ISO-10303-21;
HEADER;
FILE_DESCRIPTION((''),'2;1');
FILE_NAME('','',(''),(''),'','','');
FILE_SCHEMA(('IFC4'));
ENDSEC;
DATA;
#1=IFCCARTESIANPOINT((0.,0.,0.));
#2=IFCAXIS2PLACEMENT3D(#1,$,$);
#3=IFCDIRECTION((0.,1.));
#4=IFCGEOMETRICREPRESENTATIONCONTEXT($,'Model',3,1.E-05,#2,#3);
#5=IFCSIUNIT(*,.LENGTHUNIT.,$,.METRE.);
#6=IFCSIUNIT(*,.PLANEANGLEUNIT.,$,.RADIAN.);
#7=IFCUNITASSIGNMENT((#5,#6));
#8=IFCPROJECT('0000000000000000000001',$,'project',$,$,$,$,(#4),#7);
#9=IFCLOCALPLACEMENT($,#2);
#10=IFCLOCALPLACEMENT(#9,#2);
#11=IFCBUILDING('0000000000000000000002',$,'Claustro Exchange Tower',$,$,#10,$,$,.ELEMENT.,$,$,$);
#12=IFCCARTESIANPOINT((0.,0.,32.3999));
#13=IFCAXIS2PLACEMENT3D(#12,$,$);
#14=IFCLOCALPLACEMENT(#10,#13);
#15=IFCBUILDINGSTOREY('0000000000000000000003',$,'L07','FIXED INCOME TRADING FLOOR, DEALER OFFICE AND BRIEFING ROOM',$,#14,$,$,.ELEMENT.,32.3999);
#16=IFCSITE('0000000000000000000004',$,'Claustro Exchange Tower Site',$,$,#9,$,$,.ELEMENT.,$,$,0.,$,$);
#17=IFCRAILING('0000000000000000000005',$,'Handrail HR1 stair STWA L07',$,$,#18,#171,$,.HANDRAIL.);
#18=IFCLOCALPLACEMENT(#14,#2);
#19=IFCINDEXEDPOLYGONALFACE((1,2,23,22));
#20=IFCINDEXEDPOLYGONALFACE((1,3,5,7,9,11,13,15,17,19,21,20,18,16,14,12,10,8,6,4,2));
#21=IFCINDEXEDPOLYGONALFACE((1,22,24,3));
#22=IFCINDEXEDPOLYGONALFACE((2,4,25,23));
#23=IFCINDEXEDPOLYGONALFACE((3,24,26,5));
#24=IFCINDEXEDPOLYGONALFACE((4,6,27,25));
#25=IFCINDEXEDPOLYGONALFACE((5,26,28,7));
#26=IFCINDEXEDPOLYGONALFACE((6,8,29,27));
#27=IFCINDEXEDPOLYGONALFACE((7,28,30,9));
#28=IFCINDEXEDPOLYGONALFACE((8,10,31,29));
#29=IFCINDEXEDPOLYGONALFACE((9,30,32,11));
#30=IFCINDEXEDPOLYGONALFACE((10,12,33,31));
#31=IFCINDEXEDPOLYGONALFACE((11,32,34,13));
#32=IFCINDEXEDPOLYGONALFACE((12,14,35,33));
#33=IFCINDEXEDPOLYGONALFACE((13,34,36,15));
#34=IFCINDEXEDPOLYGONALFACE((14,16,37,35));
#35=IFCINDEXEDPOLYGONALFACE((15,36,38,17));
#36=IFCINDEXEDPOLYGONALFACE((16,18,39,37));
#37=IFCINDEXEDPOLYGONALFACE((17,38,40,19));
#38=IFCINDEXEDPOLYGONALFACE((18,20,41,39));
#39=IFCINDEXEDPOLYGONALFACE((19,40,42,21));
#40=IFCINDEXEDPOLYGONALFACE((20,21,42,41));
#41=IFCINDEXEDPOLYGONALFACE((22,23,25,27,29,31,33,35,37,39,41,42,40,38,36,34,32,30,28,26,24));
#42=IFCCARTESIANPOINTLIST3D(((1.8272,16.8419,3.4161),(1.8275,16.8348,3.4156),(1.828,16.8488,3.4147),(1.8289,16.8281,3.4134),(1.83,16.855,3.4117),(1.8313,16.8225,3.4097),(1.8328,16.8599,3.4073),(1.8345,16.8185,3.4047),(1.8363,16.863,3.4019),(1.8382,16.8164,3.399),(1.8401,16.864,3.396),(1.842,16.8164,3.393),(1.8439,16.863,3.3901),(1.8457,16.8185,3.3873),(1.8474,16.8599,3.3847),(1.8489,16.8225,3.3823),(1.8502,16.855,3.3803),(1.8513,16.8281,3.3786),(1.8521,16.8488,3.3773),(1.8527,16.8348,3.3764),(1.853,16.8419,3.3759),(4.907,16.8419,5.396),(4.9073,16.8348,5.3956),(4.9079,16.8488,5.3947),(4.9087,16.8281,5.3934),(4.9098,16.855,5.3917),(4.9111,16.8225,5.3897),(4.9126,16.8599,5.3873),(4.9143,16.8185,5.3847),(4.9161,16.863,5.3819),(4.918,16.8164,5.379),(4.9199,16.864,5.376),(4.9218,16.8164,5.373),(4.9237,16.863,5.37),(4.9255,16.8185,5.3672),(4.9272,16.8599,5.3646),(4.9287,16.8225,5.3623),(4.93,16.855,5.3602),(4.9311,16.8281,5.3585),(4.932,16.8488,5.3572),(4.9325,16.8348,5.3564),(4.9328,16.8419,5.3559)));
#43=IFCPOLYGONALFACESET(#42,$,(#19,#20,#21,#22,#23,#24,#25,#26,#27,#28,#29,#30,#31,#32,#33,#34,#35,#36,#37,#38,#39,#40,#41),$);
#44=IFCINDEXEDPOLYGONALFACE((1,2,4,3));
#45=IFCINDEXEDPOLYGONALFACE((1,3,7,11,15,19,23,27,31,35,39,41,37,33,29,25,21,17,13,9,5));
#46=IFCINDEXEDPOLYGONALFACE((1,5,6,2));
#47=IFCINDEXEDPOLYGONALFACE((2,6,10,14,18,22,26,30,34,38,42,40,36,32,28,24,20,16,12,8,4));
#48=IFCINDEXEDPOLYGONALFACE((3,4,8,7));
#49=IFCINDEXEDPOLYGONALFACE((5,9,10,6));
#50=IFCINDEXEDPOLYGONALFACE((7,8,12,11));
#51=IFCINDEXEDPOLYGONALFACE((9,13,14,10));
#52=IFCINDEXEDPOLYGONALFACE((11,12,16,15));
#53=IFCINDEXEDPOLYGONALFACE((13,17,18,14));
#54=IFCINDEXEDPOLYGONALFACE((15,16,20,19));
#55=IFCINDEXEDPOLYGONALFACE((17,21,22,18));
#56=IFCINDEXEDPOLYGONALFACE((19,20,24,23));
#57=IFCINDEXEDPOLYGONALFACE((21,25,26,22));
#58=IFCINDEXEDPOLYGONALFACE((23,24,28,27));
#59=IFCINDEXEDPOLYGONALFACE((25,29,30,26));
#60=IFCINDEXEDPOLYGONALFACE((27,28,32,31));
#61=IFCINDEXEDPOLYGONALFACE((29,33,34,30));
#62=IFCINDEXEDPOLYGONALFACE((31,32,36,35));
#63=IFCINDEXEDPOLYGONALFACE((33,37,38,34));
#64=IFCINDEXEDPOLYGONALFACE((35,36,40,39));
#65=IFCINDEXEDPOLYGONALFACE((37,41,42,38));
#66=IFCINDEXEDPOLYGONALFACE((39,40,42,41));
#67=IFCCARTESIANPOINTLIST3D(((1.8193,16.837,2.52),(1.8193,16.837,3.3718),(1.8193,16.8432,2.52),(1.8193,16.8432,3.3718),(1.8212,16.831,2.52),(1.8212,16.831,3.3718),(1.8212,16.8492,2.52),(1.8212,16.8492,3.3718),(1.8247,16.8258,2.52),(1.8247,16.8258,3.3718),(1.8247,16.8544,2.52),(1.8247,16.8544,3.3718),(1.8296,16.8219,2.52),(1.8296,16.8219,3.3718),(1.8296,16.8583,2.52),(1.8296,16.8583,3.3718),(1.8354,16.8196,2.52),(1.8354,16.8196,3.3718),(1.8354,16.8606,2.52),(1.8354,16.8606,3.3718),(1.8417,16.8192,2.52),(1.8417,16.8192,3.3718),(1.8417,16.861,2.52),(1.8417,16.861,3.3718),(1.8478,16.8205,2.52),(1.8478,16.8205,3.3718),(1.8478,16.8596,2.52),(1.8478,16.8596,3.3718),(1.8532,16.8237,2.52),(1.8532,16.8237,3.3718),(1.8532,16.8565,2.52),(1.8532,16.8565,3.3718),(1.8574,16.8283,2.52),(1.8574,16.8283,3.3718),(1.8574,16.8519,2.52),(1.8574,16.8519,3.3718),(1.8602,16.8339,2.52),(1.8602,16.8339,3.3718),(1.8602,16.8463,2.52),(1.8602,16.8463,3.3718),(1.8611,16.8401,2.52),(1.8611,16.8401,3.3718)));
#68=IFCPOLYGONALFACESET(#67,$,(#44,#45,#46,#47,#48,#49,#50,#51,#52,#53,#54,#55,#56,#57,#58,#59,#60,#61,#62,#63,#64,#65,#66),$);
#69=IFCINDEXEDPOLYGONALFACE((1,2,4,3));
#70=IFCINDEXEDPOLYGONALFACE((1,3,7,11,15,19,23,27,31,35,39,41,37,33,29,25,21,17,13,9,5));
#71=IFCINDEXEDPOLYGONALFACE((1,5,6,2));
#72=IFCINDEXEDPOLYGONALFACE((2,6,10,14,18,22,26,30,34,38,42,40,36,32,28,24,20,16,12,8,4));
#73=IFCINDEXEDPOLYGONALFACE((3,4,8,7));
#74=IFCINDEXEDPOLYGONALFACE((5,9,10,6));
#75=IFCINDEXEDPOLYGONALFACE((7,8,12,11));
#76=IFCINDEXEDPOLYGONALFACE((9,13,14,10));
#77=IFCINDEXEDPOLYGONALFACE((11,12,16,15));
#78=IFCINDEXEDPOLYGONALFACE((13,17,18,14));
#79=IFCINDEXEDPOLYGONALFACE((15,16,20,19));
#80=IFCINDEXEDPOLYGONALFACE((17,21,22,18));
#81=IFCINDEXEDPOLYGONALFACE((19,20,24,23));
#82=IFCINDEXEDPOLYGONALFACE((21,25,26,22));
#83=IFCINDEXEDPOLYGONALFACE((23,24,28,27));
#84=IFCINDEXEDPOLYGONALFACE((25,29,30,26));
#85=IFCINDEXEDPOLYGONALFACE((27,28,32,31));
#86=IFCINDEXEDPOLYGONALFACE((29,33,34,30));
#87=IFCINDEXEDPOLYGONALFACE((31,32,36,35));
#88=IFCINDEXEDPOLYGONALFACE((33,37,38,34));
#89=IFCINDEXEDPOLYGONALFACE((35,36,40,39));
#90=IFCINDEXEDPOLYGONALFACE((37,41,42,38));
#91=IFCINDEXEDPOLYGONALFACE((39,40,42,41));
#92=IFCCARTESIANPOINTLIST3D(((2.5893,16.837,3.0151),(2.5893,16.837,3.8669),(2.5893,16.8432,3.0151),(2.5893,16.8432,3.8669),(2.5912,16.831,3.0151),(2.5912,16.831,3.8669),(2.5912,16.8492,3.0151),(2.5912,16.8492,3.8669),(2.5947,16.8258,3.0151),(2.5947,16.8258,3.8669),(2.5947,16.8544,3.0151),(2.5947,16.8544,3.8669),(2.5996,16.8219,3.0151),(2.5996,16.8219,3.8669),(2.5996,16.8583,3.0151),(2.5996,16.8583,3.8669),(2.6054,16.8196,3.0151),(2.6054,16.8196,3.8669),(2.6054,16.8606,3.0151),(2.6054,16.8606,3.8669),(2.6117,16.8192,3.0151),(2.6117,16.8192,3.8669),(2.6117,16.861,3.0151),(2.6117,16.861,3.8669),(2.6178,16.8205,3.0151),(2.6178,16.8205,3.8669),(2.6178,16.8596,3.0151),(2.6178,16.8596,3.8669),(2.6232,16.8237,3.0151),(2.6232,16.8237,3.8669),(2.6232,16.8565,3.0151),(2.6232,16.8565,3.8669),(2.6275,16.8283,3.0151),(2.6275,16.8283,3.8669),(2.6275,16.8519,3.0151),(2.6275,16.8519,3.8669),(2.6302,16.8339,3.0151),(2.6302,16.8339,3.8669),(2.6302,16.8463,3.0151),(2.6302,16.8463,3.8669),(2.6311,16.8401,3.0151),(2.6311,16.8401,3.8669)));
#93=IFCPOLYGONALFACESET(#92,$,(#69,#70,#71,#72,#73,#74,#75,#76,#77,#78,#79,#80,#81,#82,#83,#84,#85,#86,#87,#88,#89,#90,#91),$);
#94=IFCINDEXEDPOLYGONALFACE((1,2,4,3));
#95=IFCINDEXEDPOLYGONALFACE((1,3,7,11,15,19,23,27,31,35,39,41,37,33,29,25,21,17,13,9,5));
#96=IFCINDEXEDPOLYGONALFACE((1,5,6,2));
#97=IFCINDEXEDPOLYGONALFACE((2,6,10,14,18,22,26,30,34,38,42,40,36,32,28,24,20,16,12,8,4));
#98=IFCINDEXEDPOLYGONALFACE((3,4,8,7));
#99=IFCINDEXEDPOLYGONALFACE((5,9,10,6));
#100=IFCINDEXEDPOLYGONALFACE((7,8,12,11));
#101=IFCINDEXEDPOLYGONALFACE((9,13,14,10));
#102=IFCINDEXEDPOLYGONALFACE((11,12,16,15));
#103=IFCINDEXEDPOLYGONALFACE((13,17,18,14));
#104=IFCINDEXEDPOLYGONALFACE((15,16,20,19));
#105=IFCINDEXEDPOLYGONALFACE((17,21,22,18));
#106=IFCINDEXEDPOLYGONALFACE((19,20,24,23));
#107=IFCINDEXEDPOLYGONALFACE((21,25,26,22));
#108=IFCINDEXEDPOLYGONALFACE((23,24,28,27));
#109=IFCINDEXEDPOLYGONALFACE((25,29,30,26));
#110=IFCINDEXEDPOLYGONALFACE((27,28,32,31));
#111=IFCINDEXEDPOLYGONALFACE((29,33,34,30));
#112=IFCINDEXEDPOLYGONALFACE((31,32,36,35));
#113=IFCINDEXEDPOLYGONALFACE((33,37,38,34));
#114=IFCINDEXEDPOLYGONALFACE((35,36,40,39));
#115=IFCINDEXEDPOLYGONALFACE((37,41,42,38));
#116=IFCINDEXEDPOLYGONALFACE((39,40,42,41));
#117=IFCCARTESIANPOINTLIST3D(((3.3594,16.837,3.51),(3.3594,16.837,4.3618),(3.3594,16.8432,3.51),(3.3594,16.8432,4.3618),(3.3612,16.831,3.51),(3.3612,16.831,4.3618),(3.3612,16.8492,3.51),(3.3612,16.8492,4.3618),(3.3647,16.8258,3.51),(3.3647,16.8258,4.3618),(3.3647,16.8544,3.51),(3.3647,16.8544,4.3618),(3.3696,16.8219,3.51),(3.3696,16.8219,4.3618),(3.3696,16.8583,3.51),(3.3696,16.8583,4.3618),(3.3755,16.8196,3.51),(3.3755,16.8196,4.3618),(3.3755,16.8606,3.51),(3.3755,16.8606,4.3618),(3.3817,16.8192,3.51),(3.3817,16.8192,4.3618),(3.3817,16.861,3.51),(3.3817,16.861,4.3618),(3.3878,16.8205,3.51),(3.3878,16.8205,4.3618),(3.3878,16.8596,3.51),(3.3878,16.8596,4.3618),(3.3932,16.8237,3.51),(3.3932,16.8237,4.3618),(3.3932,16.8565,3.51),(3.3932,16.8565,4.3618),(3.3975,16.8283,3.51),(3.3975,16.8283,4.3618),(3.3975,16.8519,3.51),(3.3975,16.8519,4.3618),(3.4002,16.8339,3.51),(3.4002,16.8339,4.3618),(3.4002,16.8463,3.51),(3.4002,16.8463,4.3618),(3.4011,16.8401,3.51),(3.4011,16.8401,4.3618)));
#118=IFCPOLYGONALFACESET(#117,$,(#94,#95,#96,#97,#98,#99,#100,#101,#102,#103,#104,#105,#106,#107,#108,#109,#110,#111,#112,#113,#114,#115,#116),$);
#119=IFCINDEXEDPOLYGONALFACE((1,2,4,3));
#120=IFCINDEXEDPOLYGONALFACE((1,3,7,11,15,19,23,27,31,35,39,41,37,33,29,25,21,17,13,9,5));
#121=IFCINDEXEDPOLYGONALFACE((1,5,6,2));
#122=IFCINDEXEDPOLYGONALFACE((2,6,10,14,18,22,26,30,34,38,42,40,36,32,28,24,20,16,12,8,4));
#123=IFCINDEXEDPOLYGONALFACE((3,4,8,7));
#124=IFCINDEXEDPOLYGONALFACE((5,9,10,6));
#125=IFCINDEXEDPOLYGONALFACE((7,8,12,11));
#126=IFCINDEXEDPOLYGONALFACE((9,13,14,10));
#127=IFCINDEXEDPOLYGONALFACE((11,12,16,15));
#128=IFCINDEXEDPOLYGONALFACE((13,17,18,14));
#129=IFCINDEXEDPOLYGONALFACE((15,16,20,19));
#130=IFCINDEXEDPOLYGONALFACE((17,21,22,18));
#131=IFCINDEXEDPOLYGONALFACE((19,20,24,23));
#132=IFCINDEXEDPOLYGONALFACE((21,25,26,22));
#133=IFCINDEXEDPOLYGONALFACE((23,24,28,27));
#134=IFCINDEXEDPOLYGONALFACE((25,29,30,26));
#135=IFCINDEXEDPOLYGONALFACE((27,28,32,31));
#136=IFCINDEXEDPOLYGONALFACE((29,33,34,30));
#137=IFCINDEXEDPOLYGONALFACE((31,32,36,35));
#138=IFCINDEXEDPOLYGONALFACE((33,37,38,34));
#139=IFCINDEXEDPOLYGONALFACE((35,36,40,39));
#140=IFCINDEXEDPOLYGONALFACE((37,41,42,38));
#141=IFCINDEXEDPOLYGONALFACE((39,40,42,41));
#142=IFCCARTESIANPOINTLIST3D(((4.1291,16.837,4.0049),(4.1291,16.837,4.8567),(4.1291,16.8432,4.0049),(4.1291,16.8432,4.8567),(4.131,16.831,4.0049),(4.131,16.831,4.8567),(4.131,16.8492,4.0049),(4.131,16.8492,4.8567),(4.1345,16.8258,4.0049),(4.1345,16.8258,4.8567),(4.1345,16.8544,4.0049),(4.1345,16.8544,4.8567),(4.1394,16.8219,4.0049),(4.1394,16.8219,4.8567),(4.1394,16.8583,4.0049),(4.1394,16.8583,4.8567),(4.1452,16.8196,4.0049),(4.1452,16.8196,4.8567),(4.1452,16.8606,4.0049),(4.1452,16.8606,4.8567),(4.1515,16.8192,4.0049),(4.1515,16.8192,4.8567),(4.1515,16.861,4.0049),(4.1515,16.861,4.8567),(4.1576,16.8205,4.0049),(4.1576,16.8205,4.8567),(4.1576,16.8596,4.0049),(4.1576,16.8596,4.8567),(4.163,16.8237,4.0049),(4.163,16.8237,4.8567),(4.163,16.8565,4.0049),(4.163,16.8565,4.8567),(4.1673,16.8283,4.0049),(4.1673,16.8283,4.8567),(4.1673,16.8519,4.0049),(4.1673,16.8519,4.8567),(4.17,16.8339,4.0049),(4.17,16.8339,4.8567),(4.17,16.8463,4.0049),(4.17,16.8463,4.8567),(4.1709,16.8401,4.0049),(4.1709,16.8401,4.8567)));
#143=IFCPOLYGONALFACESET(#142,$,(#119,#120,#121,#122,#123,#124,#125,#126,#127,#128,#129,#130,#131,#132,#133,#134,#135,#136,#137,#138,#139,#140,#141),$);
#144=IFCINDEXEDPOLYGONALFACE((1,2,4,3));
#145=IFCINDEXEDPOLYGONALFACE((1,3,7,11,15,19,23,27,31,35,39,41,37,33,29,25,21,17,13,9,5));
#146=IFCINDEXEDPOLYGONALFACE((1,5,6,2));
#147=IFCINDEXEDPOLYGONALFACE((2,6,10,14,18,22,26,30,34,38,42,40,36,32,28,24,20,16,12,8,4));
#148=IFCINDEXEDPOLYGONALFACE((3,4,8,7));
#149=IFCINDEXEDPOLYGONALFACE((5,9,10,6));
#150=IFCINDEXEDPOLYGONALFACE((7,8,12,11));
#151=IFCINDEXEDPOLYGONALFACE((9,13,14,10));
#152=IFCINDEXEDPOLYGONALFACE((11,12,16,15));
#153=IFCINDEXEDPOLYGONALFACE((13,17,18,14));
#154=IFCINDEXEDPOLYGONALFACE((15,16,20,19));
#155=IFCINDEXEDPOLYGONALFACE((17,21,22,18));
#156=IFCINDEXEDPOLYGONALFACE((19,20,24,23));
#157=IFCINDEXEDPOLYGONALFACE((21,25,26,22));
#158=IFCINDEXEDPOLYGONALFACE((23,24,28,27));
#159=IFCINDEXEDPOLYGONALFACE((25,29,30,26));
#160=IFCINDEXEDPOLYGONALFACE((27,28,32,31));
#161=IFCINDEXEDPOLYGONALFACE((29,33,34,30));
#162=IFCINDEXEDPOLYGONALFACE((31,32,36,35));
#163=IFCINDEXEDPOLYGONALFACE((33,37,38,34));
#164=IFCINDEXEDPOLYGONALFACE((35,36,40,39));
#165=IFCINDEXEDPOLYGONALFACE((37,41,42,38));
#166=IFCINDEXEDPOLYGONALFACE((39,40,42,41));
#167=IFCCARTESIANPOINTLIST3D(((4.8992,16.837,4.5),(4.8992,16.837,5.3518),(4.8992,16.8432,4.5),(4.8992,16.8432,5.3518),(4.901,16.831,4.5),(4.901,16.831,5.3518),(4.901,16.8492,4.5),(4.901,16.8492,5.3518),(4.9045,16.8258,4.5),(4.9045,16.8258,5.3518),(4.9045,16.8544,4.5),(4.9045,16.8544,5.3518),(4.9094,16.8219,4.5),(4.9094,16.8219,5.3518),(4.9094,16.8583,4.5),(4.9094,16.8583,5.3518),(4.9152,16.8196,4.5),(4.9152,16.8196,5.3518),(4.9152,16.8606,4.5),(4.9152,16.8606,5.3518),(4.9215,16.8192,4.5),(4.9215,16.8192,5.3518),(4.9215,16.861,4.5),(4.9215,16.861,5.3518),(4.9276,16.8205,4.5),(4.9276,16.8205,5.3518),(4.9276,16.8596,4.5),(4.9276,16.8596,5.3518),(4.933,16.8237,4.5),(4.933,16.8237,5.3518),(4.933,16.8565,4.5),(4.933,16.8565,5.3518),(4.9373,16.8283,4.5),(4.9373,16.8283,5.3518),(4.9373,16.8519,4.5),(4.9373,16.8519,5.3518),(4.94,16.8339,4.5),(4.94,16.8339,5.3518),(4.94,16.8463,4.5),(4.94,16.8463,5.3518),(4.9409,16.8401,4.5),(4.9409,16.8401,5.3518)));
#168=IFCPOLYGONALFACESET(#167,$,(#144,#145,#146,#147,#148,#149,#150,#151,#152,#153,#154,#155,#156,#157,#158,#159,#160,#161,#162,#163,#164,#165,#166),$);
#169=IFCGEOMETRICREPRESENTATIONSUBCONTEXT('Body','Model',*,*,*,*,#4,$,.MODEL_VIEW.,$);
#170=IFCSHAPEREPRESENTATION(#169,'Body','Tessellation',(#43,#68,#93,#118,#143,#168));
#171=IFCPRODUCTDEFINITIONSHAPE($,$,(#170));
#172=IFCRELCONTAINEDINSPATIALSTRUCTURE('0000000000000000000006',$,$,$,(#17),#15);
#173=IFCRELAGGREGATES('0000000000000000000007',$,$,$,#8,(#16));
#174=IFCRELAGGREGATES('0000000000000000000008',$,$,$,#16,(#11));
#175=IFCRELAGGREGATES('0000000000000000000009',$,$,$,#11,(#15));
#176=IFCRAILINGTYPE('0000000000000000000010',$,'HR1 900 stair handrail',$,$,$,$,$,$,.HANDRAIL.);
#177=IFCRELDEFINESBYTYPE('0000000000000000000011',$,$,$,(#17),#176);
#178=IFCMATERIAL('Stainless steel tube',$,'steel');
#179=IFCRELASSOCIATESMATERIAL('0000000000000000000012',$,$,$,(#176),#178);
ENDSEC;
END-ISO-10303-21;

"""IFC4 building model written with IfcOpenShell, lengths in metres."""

from ifc_helpers import new_model, si_unit, direction, frame, origin, origin_2d, place, context, subcontext, project, spatial, circle, extrude, material, type_object, element, save


model = new_model("IFC4")

# Units and contexts
model_context = context("Model", 3, precision=1e-05, world=origin(), true_north=direction((0.0, 1.0)))
body_context = subcontext(model_context, "Body", "Model", "MODEL_VIEW")
ifc_project = project(units=[si_unit("LENGTHUNIT", "METRE"), si_unit("PLANEANGLEUNIT", "RADIAN")], contexts=[model_context])

# Site, building, storey
site_placement = place(None, origin())
site = spatial("IfcSite", under=ifc_project, at=site_placement, Name="Claustro Exchange Tower Site", CompositionType="ELEMENT", RefElevation=0.0)
building_placement = place(site_placement, origin())
building = spatial("IfcBuilding", under=site, at=building_placement, Name="Claustro Exchange Tower", CompositionType="ELEMENT")
storey_placement = place(building_placement, frame((0.0, 0.0, 32.3999)))
storey = spatial("IfcBuildingStorey", under=building, at=storey_placement, Name="L07", Description="FIXED INCOME TRADING FLOOR, DEALER OFFICE AND BRIEFING ROOM", CompositionType="ELEMENT", Elevation=32.3999)

# Railing
ifc_material_1 = material(Name="Stainless steel tube", Category="steel")
railing_type = type_object("IfcRailingType", Name="HR1 900 stair handrail", PredefinedType="HANDRAIL", material=ifc_material_1)
railing_placement = place(storey_placement, frame((1.8401, 16.8401, 2.52)))
element("IfcRailing", 1, at=railing_placement, inside=storey, type_object=railing_type, Name="Handrail HR1 stair STWA L07", PredefinedType="HANDRAIL", context=body_context, shape_type="SweptSolid", body=[
    extrude(circle(Radius=0.0239, at=origin_2d()), frame((0.0, 0.0, 0.876), z_axis=(0.841168, 0.0, 0.540774), x_axis=(0.0, 1.0, 0.0)), (0.0, 0.0, 1.0), 3.6614),
    extrude(circle(Radius=0.021, at=origin_2d()), origin(), (0.0, 0.0, 1.0), 0.8518),
    extrude(circle(Radius=0.021, at=origin_2d()), frame((0.77, 0.0, 0.4951)), (0.0, 0.0, 1.0), 0.8518),
    extrude(circle(Radius=0.021, at=origin_2d()), frame((1.54, 0.0, 0.99)), (0.0, 0.0, 1.0), 0.8518),
    extrude(circle(Radius=0.021, at=origin_2d()), frame((2.3098, 0.0, 1.4849)), (0.0, 0.0, 1.0), 0.8518),
    extrude(circle(Radius=0.021, at=origin_2d()), frame((3.0798, 0.0, 1.98)), (0.0, 0.0, 1.0), 0.8518),
])

save(model, "model.ifc")
